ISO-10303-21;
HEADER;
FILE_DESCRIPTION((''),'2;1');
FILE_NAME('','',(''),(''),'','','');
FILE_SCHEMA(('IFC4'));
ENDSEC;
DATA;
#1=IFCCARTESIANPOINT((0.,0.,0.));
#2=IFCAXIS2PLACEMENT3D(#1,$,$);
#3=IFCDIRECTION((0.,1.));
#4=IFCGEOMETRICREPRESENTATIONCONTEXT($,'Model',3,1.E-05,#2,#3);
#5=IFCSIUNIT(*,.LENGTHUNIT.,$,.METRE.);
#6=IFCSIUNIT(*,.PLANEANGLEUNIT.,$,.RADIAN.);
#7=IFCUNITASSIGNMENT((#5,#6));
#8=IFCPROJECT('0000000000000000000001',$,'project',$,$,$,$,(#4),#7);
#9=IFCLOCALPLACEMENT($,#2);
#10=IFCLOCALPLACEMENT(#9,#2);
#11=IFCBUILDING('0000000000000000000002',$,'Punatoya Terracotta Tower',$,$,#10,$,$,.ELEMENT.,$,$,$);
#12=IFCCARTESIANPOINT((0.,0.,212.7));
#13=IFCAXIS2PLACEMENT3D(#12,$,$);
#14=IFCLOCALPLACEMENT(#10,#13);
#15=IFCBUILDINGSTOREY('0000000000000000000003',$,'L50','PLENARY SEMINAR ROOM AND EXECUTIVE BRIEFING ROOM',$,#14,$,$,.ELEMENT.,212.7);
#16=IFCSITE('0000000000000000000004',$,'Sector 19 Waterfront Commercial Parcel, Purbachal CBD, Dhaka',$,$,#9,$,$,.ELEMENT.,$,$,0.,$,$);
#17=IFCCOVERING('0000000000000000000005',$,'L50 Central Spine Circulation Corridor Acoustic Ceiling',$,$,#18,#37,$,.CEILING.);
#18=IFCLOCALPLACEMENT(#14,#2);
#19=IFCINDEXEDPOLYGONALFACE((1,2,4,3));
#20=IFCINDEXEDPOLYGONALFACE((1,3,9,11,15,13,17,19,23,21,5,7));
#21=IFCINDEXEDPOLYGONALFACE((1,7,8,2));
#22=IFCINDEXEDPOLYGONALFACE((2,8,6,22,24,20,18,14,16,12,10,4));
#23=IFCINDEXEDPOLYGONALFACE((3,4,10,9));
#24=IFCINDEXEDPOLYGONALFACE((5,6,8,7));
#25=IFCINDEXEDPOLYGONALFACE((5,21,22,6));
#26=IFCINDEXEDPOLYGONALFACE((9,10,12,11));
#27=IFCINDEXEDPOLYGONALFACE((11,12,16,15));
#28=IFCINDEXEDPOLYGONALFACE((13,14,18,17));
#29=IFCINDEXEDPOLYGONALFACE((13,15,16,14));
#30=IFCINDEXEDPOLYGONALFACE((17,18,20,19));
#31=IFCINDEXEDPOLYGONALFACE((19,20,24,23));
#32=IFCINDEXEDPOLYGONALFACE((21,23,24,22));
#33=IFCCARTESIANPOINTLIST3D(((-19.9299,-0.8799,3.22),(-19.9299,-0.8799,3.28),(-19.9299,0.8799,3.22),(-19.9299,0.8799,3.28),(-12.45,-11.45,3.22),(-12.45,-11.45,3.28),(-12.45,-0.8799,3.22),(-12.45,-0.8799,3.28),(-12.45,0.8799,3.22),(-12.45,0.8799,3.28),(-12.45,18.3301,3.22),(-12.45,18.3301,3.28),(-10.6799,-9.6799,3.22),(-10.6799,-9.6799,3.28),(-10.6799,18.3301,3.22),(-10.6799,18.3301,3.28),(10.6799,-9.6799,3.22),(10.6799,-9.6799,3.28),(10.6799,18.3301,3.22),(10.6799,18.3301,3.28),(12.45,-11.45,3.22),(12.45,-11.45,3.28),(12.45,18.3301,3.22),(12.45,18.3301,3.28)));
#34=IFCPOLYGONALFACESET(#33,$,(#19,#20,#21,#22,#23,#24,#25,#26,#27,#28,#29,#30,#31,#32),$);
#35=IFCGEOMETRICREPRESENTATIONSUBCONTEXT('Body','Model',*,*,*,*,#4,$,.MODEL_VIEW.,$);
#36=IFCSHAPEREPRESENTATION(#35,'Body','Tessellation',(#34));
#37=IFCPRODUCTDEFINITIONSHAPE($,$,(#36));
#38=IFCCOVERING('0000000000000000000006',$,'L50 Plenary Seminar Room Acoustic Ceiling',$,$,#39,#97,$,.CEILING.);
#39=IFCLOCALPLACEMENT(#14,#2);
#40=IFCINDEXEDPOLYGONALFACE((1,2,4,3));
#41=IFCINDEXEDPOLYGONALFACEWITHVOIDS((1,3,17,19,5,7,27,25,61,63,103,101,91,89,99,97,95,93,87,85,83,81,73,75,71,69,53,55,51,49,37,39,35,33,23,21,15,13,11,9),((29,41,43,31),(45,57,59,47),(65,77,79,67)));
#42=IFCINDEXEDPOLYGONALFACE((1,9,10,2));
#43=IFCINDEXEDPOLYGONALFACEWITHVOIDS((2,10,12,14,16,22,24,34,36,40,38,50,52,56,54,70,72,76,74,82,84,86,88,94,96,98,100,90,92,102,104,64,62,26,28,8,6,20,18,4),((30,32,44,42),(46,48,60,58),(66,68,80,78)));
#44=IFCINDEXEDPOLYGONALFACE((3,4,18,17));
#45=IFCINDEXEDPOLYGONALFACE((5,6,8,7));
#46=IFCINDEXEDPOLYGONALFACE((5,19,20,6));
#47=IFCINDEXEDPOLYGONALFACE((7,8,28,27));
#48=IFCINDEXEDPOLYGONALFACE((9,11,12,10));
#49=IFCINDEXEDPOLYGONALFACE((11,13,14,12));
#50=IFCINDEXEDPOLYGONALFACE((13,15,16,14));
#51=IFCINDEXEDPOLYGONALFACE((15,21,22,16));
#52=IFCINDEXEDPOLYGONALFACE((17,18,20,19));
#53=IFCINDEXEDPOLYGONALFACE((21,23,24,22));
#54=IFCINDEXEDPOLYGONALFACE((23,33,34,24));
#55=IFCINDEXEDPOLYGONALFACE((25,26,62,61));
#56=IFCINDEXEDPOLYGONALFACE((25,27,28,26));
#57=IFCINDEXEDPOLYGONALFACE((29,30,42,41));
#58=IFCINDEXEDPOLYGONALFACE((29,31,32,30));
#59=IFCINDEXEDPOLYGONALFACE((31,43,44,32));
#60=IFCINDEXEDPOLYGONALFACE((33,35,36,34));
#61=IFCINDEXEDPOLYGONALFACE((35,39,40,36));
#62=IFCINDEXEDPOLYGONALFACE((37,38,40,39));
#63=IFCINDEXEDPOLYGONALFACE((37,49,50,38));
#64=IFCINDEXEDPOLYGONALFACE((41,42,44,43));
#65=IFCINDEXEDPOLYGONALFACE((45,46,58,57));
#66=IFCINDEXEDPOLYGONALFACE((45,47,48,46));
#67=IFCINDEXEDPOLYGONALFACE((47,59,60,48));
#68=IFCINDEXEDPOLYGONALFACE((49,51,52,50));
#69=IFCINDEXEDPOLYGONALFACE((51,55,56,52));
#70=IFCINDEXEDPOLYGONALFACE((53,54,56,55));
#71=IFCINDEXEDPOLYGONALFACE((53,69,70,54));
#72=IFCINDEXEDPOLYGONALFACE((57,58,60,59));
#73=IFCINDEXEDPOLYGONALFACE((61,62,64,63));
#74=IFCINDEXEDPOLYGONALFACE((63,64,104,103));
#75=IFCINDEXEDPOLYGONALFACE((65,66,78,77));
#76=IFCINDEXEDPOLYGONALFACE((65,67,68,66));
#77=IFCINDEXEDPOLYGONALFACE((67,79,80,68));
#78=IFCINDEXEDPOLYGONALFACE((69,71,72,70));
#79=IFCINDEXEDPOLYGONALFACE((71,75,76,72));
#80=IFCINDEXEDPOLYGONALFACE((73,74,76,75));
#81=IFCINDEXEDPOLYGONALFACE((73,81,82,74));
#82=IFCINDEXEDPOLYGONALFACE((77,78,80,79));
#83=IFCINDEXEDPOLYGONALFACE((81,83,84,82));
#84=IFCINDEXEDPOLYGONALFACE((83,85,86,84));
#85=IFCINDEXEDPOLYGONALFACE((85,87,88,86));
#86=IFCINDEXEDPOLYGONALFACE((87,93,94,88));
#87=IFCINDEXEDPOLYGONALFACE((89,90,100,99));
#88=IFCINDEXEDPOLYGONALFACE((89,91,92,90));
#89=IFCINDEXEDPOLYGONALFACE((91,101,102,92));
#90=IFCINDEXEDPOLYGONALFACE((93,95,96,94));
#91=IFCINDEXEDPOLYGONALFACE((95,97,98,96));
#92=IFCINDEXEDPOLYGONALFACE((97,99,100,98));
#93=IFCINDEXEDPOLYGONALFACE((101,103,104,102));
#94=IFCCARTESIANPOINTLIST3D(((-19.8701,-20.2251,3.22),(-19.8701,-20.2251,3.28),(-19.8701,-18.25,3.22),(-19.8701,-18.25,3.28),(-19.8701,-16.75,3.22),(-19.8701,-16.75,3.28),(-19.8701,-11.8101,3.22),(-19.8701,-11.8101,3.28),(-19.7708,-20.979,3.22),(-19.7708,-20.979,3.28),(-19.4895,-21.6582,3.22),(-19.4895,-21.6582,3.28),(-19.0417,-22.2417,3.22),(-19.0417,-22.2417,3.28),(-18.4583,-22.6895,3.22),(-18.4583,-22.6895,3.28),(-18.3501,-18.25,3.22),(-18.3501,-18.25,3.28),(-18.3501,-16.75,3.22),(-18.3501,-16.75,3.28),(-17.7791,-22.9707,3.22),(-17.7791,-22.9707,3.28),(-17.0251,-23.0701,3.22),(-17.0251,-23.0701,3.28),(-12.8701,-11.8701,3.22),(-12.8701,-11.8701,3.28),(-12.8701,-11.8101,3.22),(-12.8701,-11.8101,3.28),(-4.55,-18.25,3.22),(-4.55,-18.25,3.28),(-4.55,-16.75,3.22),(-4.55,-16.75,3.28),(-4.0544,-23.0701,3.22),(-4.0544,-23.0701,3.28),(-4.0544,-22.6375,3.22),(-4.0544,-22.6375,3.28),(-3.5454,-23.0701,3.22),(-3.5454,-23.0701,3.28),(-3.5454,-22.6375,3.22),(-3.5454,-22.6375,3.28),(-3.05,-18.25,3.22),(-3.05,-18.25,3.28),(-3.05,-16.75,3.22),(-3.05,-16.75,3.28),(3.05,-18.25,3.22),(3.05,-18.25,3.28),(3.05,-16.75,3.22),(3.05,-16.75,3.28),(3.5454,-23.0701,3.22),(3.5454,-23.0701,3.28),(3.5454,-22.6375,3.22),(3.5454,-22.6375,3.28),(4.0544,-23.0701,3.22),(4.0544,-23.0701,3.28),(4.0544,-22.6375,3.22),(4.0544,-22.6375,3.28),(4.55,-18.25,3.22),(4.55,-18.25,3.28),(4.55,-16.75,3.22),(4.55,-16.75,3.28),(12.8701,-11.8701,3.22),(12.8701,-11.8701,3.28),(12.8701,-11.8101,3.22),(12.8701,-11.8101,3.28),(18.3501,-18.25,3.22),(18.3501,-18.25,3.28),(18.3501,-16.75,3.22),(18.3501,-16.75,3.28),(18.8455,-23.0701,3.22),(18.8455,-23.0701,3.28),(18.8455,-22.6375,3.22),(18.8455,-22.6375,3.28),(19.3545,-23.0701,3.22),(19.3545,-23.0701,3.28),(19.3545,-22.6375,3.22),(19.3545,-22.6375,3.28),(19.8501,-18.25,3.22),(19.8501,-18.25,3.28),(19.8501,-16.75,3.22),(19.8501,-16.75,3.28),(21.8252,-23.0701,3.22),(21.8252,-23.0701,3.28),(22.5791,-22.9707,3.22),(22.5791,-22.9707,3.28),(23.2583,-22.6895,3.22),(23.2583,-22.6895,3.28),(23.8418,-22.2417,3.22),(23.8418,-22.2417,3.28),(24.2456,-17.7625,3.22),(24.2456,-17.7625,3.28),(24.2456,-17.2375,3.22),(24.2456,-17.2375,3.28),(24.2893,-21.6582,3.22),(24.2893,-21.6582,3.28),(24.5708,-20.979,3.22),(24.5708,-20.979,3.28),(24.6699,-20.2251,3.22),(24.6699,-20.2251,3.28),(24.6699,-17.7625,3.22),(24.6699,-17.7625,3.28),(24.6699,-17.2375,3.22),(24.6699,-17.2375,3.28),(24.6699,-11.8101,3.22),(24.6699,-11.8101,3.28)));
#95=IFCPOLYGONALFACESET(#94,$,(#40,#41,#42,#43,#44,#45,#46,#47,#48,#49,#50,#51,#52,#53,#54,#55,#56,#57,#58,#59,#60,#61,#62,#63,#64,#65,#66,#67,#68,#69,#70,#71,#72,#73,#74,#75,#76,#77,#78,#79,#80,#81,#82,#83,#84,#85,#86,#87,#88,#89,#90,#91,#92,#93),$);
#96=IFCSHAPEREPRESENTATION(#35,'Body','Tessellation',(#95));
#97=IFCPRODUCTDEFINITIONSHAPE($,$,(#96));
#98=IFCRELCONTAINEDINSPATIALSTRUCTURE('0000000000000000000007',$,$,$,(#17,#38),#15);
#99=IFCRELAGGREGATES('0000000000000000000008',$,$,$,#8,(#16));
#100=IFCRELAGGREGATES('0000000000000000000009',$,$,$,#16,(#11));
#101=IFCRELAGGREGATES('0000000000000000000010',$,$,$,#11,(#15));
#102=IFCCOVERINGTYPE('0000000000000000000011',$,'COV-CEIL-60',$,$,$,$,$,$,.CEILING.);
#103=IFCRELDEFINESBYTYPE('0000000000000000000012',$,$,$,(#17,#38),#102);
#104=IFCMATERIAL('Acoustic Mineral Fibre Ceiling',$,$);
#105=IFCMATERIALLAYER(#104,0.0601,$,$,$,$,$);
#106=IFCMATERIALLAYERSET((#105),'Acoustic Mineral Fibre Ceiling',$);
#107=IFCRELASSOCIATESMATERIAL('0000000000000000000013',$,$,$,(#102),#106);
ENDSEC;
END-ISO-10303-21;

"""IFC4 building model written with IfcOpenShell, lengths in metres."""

from ifc_helpers import new_model, si_unit, direction, frame, origin, place, context, subcontext, project, spatial, polyline, outline, extrude, material, layer, layer_set, type_object, element, save


model = new_model("IFC4")

# Units and contexts
model_context = context("Model", 3, precision=1e-05, world=origin(), true_north=direction((0.0, 1.0)))
body_context = subcontext(model_context, "Body", "Model", "MODEL_VIEW")
ifc_project = project(units=[si_unit("LENGTHUNIT", "METRE"), si_unit("PLANEANGLEUNIT", "RADIAN")], contexts=[model_context])

# Site, building, storey
site_placement = place(None, origin())
site = spatial("IfcSite", under=ifc_project, at=site_placement, Name="Sector 19 Waterfront Commercial Parcel, Purbachal CBD, Dhaka", CompositionType="ELEMENT", RefElevation=0.0)
building_placement = place(site_placement, origin())
building = spatial("IfcBuilding", under=site, at=building_placement, Name="Punatoya Terracotta Tower", CompositionType="ELEMENT")
storey_placement = place(building_placement, frame((0.0, 0.0, 212.7)))
storey = spatial("IfcBuildingStorey", under=building, at=storey_placement, Name="L50", Description="PLENARY SEMINAR ROOM AND EXECUTIVE BRIEFING ROOM", CompositionType="ELEMENT", Elevation=212.7)

# Coverings
ifc_material_1 = material(Name="Acoustic Mineral Fibre Ceiling")
ifc_layer_1 = layer(ifc_material_1, 0.0601)
ifc_layer_set_1 = layer_set([ifc_layer_1], Name="Acoustic Mineral Fibre Ceiling")
covering_type = type_object("IfcCoveringType", Name="COV-CEIL-60", PredefinedType="CEILING", material=ifc_layer_set_1)
covering_1_placement = place(storey_placement, frame((0.0, 0.0, 3.22)))
element("IfcCovering", 1, at=covering_1_placement, inside=storey, type_object=covering_type, Name="L50 Central Spine Circulation Corridor Acoustic Ceiling", PredefinedType="CEILING", context=body_context, shape_type="SweptSolid", body=[
    extrude(outline(polyline([(10.6799, 18.3301), (10.6799, -9.6799), (-10.6799, -9.6799), (-10.6799, 18.3301), (-12.45, 18.3301), (-12.45, 0.8799), (-19.9299, 0.8799), (-19.9299, -0.8799), (-12.45, -0.8799), (-12.45, -11.45), (12.45, -11.45), (12.45, 18.3301), (10.6799, 18.3301)])), origin(), (0.0, 0.0, 1.0), 0.0601),
])
covering_2_placement = place(storey_placement, frame((0.0, 0.0, 3.22)))
element("IfcCovering", 2, at=covering_2_placement, inside=storey, type_object=covering_type, Name="L50 Plenary Seminar Room Acoustic Ceiling", PredefinedType="CEILING", context=body_context, shape_type="SweptSolid", body=[
    extrude(outline(polyline([(-19.8701, -16.75), (-18.3501, -16.75), (-18.3501, -18.25), (-19.8701, -18.25), (-19.8701, -20.2251), (-19.7708, -20.979), (-19.4895, -21.6582), (-19.0417, -22.2417), (-18.4583, -22.6895), (-17.7791, -22.9707), (-17.0251, -23.0701), (-4.0544, -23.0701), (-4.0544, -22.6375), (-3.5454, -22.6375), (-3.5454, -23.0701), (3.5454, -23.0701), (3.5454, -22.6375), (4.0544, -22.6375), (4.0544, -23.0701), (18.8455, -23.0701), (18.8455, -22.6375), (19.3545, -22.6375), (19.3545, -23.0701), (21.8252, -23.0701), (22.5791, -22.9707), (23.2583, -22.6895), (23.8418, -22.2417), (24.2893, -21.6582), (24.5708, -20.979), (24.6699, -20.2251), (24.6699, -17.7625), (24.2456, -17.7625), (24.2456, -17.2375), (24.6699, -17.2375), (24.6699, -11.8101), (12.8701, -11.8101), (12.8701, -11.8701), (-12.8701, -11.8701), (-12.8701, -11.8101), (-19.8701, -11.8101), (-19.8701, -16.75)]), holes=[polyline([(19.8501, -18.25), (18.3501, -18.25), (18.3501, -16.75), (19.8501, -16.75), (19.8501, -18.25)]), polyline([(4.55, -16.75), (4.55, -18.25), (3.05, -18.25), (3.05, -16.75), (4.55, -16.75)]), polyline([(-4.55, -16.75), (-3.05, -16.75), (-3.05, -18.25), (-4.55, -18.25), (-4.55, -16.75)])]), origin(), (0.0, 0.0, 1.0), 0.0601),
])

save(model, "model.ifc")
